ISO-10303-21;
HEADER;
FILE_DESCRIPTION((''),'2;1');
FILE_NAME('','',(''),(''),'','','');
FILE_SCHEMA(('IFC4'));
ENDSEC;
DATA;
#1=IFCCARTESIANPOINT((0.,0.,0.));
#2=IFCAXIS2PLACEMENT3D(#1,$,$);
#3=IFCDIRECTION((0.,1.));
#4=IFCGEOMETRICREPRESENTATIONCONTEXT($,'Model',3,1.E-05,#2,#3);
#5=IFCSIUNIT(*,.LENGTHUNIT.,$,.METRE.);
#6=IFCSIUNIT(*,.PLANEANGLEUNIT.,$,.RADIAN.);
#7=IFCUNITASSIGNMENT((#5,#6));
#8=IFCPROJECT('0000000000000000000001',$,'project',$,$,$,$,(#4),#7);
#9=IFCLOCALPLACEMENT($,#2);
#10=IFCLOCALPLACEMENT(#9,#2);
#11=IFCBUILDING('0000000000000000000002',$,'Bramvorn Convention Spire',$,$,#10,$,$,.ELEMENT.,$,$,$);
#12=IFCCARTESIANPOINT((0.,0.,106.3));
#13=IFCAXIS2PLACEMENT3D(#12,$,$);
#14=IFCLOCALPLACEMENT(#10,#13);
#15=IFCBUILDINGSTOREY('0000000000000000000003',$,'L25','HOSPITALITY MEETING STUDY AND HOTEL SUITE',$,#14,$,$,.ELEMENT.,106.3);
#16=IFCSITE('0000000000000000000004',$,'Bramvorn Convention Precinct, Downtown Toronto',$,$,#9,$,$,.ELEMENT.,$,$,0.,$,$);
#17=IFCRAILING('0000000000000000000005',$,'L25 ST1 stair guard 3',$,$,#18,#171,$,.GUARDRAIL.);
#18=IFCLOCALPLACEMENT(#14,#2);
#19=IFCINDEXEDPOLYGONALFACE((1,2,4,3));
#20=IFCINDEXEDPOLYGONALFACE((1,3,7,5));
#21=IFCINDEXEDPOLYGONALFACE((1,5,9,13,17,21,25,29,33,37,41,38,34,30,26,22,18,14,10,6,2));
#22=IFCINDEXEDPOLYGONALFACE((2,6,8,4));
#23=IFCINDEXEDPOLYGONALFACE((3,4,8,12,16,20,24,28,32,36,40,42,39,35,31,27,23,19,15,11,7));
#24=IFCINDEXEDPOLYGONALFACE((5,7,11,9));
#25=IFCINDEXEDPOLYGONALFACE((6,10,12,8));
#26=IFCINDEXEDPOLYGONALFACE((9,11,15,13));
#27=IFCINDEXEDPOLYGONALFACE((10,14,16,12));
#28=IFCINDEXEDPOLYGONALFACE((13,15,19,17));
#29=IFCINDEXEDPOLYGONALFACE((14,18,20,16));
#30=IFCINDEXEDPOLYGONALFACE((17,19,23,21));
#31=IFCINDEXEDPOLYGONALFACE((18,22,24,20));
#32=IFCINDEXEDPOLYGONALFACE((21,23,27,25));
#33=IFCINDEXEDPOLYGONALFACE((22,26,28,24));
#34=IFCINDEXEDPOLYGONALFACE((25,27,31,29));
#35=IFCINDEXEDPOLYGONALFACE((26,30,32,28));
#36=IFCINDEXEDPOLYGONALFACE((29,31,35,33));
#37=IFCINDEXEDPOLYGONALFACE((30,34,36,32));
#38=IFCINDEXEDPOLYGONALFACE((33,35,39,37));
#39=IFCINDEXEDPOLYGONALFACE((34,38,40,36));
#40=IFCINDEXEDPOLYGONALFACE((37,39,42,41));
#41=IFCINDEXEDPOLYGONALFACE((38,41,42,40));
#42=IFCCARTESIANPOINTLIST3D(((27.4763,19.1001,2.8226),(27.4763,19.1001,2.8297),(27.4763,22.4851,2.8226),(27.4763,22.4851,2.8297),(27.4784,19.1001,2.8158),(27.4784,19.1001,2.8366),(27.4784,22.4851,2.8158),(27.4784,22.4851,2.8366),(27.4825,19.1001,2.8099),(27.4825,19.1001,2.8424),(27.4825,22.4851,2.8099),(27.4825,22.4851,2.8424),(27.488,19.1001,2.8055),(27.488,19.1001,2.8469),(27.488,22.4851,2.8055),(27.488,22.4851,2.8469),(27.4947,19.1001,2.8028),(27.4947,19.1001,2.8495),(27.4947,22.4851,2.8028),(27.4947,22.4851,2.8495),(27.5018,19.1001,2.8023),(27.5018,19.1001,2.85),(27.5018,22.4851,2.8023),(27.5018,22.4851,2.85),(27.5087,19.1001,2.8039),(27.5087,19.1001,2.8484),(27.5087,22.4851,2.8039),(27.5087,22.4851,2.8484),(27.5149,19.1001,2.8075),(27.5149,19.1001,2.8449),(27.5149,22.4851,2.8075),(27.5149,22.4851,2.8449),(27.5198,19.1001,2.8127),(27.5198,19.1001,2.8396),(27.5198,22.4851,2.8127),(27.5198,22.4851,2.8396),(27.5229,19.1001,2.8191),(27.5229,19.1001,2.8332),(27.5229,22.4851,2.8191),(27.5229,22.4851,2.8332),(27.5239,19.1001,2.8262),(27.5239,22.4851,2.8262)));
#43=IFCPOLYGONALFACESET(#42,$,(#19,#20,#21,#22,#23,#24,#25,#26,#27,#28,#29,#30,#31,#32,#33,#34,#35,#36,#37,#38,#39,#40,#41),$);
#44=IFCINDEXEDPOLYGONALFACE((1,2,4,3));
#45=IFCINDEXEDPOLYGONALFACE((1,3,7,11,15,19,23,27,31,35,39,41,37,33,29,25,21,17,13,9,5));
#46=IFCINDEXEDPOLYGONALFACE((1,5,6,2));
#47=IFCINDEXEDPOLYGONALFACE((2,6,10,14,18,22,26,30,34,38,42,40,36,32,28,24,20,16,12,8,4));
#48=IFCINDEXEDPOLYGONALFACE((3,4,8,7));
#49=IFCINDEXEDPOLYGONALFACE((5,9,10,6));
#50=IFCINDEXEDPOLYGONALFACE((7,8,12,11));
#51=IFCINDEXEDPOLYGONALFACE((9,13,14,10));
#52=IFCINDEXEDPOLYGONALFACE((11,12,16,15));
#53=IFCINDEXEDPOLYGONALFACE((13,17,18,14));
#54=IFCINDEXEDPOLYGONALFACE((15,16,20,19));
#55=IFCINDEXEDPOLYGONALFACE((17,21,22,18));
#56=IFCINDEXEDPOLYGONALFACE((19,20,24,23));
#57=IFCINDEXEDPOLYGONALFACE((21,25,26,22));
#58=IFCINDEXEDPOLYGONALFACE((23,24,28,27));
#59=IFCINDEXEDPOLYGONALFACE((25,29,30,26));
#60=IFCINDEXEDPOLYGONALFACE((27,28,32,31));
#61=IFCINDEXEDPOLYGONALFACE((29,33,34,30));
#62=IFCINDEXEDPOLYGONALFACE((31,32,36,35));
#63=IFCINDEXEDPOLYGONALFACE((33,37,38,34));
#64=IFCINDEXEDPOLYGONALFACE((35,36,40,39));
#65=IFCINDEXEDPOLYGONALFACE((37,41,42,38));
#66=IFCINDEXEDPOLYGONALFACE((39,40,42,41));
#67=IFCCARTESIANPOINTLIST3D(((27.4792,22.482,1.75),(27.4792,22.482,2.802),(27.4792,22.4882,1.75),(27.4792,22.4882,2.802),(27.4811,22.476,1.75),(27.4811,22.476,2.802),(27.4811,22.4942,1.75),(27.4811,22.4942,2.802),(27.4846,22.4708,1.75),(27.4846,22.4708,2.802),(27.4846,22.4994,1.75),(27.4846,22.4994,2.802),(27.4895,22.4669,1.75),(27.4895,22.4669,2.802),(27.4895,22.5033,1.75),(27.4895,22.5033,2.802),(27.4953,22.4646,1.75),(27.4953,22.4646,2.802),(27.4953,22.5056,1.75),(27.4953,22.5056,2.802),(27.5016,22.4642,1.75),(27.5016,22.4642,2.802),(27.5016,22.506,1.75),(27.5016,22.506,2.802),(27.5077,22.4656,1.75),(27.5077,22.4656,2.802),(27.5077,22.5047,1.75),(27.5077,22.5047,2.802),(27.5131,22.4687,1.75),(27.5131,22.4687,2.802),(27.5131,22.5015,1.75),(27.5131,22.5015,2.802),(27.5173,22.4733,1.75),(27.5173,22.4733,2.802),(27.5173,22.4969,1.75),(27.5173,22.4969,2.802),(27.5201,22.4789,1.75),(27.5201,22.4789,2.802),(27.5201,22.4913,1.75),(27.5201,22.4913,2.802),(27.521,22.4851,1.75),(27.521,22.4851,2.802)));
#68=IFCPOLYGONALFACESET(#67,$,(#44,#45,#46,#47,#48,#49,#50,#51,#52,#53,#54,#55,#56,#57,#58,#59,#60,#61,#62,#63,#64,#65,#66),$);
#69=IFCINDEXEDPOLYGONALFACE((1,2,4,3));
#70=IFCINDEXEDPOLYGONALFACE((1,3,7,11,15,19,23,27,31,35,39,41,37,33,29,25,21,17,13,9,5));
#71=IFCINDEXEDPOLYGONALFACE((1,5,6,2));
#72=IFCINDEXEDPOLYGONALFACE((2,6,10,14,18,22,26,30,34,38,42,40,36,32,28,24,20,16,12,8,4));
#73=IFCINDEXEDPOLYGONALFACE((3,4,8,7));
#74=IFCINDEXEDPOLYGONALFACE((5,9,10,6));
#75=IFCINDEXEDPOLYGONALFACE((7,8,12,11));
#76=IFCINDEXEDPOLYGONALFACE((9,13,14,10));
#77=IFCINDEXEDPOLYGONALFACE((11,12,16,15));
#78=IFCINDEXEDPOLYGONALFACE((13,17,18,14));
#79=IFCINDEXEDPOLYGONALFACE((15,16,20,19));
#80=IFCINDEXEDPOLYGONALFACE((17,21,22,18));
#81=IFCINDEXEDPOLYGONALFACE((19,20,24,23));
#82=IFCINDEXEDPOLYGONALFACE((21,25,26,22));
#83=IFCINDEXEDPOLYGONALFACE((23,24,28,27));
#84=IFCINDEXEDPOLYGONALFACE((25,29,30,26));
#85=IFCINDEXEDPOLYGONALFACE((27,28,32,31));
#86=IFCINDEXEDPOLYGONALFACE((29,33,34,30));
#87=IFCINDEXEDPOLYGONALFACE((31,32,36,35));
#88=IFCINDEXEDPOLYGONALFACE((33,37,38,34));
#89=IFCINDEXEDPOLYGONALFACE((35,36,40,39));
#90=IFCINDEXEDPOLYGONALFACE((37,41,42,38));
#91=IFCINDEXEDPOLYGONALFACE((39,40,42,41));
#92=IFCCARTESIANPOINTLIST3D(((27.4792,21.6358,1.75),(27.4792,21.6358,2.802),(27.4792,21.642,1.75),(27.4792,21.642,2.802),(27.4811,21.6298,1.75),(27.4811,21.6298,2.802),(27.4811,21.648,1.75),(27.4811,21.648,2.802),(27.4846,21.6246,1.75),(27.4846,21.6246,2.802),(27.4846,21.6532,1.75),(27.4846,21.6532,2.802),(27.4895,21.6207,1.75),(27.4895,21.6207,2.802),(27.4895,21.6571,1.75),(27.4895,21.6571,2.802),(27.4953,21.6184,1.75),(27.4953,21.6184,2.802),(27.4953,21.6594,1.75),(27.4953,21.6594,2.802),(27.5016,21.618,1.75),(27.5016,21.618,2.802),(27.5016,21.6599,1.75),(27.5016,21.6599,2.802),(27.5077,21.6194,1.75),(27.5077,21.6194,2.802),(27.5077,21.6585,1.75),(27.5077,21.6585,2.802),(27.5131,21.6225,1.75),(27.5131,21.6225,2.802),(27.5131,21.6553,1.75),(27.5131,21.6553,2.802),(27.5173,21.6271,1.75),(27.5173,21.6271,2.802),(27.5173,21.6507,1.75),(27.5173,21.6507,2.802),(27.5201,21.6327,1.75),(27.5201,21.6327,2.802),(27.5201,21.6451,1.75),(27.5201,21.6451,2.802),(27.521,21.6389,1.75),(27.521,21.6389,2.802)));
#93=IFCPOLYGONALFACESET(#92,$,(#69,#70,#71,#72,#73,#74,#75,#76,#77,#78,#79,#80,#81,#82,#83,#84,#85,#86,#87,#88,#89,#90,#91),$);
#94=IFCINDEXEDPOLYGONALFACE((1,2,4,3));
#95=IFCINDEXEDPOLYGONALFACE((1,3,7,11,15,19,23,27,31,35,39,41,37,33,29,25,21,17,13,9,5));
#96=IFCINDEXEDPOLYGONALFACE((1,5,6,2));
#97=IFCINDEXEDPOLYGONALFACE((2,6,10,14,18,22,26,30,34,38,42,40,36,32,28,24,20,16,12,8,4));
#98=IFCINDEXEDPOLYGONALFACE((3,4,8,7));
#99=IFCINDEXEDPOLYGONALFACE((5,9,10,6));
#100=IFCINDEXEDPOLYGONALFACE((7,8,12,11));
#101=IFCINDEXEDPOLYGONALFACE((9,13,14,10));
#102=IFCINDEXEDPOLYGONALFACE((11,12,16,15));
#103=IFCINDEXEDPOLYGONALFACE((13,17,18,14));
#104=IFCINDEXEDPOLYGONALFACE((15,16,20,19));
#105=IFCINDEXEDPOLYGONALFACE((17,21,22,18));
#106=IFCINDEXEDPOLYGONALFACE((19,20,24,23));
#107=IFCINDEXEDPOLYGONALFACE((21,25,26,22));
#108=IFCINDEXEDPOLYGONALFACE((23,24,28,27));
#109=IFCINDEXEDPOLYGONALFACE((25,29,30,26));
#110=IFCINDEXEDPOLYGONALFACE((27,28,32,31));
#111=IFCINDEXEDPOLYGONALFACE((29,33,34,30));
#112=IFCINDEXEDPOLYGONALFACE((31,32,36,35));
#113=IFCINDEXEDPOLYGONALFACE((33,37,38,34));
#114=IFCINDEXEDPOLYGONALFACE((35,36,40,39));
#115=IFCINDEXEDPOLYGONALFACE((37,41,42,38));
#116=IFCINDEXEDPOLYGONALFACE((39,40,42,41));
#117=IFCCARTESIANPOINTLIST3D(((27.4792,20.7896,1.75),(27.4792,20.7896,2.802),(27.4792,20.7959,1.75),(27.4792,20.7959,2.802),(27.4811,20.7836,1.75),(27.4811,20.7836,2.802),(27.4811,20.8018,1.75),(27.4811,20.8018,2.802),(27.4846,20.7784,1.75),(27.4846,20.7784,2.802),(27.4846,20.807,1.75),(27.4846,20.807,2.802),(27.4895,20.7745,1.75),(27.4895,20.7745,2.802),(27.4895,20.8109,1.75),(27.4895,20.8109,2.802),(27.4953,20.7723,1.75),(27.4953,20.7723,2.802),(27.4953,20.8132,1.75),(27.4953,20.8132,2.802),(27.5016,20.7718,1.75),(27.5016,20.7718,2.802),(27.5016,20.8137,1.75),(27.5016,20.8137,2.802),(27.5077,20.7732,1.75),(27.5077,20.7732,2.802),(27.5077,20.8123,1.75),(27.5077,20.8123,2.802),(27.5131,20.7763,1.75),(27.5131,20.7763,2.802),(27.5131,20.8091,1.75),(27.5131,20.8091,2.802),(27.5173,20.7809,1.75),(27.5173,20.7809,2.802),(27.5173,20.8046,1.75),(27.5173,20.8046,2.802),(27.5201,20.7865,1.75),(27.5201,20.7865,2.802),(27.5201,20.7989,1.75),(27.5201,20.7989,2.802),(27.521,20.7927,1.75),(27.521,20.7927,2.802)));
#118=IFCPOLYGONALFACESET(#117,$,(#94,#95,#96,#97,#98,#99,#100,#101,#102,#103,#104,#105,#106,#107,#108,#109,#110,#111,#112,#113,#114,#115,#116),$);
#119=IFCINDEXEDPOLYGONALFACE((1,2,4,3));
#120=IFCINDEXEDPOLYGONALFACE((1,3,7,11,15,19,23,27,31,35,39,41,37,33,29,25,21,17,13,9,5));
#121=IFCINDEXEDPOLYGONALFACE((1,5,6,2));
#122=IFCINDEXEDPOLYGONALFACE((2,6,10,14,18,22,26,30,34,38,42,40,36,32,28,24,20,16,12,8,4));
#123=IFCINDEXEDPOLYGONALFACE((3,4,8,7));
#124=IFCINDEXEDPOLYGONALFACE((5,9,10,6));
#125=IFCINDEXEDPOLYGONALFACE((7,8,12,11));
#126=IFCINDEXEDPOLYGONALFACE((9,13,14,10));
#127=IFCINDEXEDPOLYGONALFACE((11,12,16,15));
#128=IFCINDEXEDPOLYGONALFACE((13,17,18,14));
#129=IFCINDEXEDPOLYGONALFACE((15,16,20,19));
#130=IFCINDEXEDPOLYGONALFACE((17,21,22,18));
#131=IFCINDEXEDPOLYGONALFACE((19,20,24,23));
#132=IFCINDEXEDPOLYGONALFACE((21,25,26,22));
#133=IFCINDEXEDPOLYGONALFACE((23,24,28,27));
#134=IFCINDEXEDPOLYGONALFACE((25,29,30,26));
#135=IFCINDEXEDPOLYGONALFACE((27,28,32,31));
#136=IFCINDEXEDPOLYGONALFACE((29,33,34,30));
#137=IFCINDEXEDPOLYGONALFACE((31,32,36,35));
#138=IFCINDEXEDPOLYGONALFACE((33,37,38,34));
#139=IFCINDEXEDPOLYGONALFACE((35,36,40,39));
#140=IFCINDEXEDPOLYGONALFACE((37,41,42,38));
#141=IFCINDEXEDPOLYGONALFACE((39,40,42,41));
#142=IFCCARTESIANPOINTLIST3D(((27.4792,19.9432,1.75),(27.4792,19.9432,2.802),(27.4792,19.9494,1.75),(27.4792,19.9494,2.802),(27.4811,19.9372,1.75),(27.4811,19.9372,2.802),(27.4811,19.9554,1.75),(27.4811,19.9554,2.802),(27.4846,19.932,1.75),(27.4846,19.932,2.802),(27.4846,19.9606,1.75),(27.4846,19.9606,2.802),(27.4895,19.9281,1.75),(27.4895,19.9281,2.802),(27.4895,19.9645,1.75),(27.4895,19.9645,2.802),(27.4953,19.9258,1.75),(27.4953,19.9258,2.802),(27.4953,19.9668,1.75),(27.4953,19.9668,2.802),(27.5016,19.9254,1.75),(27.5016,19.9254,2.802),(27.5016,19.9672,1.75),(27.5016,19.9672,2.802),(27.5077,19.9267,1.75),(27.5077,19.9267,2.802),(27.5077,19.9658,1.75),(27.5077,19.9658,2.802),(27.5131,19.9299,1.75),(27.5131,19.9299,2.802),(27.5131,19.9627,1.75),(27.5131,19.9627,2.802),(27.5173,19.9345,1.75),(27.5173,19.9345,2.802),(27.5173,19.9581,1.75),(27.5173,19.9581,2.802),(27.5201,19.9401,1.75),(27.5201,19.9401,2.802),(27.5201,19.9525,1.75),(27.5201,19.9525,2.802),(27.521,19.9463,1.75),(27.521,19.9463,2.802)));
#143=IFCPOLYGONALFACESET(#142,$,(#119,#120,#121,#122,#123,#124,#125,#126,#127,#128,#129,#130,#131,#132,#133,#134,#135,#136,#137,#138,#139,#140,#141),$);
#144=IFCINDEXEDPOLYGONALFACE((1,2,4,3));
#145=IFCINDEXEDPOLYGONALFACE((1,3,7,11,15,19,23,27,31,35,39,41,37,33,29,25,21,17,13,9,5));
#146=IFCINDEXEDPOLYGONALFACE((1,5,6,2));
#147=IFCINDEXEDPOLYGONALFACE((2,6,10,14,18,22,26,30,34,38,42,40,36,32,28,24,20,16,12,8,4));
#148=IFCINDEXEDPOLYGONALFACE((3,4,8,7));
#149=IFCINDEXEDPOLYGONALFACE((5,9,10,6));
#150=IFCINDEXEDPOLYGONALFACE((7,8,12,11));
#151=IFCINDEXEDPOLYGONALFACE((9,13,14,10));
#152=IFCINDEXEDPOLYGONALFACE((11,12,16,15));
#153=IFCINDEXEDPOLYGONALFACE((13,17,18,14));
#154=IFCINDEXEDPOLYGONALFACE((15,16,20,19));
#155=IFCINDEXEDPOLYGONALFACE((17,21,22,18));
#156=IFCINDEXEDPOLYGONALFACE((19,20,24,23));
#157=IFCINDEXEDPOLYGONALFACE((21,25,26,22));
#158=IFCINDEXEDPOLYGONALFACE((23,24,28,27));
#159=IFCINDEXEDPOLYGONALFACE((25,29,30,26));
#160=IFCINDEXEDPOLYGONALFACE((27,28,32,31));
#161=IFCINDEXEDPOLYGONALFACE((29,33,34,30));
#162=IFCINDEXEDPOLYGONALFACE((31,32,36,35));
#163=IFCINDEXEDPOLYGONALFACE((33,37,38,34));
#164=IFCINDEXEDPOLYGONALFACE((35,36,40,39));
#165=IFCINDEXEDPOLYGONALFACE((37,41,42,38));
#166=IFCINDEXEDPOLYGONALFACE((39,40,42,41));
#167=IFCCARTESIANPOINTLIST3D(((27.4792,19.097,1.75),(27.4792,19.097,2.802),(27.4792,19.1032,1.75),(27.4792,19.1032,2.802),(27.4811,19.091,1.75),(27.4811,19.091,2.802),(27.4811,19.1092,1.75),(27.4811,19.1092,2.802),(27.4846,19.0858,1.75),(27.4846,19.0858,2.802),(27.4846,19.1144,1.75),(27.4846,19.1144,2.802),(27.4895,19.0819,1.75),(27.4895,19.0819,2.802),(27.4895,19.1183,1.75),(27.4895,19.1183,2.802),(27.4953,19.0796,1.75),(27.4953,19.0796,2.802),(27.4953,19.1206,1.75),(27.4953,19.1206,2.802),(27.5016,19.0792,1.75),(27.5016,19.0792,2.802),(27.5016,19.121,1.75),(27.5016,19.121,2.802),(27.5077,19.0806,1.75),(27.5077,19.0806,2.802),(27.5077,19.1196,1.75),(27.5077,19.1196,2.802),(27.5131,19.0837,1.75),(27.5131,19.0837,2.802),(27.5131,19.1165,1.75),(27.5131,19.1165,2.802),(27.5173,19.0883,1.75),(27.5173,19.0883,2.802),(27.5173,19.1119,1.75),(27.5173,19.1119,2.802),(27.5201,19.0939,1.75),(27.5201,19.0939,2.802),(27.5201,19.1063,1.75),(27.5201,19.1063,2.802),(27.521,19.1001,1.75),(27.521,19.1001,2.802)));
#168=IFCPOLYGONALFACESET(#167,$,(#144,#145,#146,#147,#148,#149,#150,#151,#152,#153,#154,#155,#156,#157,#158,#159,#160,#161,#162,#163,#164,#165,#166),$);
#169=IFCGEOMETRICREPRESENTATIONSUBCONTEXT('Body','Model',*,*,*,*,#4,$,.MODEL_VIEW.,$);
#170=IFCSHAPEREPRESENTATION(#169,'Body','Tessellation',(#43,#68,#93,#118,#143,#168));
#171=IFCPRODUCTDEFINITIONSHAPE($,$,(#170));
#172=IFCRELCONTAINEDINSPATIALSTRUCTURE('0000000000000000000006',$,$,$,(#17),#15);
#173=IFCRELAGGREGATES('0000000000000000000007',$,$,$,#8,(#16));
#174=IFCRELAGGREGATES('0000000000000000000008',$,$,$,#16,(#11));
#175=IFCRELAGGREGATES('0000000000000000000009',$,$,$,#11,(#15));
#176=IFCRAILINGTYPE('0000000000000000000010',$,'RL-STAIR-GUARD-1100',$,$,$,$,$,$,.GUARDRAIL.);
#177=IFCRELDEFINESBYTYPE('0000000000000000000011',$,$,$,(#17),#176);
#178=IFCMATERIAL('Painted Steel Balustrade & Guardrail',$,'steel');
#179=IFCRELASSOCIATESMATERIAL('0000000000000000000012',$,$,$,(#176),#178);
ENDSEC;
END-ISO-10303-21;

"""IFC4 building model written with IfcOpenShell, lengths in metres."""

from ifc_helpers import new_model, si_unit, direction, frame, origin, origin_2d, place, context, subcontext, project, spatial, circle, extrude, material, type_object, element, save


model = new_model("IFC4")

# Units and contexts
model_context = context("Model", 3, precision=1e-05, world=origin(), true_north=direction((0.0, 1.0)))
body_context = subcontext(model_context, "Body", "Model", "MODEL_VIEW")
ifc_project = project(units=[si_unit("LENGTHUNIT", "METRE"), si_unit("PLANEANGLEUNIT", "RADIAN")], contexts=[model_context])

# Site, building, storey
site_placement = place(None, origin())
site = spatial("IfcSite", under=ifc_project, at=site_placement, Name="Bramvorn Convention Precinct, Downtown Toronto", CompositionType="ELEMENT", RefElevation=0.0)
building_placement = place(site_placement, origin())
building = spatial("IfcBuilding", under=site, at=building_placement, Name="Bramvorn Convention Spire", CompositionType="ELEMENT")
storey_placement = place(building_placement, frame((0.0, 0.0, 106.3)))
storey = spatial("IfcBuildingStorey", under=building, at=storey_placement, Name="L25", Description="HOSPITALITY MEETING STUDY AND HOTEL SUITE", CompositionType="ELEMENT", Elevation=106.3)

# Railing
ifc_material_1 = material(Name="Painted Steel Balustrade & Guardrail", Category="steel")
railing_type_1 = type_object("IfcRailingType", Name="RL-STAIR-GUARD-1100", PredefinedType="GUARDRAIL", material=ifc_material_1)
for number, where, name in (
    (1, (27.5, 22.4851, 1.75), "L25 ST1 stair guard 3"),
):
    element("IfcRailing", number, at=place(storey_placement, frame(where)), inside=storey, type_object=railing_type_1, Name=name, PredefinedType="GUARDRAIL", context=body_context, shape_type="SweptSolid", body=[
        extrude(circle(Radius=0.0239, at=origin_2d()), frame((0.0, 0.0, 1.0762), z_axis=(0.0, -1.0, 0.0), x_axis=(1.0, 0.0, 0.0)), (0.0, 0.0, 1.0), 3.385),
        extrude(circle(Radius=0.021, at=origin_2d()), origin(), (0.0, 0.0, 1.0), 1.052),
        extrude(circle(Radius=0.021, at=origin_2d()), frame((0.0, -0.8462, 0.0)), (0.0, 0.0, 1.0), 1.052),
        extrude(circle(Radius=0.021, at=origin_2d()), frame((0.0, -1.6924, 0.0)), (0.0, 0.0, 1.0), 1.052),
        extrude(circle(Radius=0.021, at=origin_2d()), frame((0.0, -2.5388, 0.0)), (0.0, 0.0, 1.0), 1.052),
        extrude(circle(Radius=0.021, at=origin_2d()), frame((0.0, -3.385, 0.0)), (0.0, 0.0, 1.0), 1.052),
    ])

save(model, "model.ifc")
